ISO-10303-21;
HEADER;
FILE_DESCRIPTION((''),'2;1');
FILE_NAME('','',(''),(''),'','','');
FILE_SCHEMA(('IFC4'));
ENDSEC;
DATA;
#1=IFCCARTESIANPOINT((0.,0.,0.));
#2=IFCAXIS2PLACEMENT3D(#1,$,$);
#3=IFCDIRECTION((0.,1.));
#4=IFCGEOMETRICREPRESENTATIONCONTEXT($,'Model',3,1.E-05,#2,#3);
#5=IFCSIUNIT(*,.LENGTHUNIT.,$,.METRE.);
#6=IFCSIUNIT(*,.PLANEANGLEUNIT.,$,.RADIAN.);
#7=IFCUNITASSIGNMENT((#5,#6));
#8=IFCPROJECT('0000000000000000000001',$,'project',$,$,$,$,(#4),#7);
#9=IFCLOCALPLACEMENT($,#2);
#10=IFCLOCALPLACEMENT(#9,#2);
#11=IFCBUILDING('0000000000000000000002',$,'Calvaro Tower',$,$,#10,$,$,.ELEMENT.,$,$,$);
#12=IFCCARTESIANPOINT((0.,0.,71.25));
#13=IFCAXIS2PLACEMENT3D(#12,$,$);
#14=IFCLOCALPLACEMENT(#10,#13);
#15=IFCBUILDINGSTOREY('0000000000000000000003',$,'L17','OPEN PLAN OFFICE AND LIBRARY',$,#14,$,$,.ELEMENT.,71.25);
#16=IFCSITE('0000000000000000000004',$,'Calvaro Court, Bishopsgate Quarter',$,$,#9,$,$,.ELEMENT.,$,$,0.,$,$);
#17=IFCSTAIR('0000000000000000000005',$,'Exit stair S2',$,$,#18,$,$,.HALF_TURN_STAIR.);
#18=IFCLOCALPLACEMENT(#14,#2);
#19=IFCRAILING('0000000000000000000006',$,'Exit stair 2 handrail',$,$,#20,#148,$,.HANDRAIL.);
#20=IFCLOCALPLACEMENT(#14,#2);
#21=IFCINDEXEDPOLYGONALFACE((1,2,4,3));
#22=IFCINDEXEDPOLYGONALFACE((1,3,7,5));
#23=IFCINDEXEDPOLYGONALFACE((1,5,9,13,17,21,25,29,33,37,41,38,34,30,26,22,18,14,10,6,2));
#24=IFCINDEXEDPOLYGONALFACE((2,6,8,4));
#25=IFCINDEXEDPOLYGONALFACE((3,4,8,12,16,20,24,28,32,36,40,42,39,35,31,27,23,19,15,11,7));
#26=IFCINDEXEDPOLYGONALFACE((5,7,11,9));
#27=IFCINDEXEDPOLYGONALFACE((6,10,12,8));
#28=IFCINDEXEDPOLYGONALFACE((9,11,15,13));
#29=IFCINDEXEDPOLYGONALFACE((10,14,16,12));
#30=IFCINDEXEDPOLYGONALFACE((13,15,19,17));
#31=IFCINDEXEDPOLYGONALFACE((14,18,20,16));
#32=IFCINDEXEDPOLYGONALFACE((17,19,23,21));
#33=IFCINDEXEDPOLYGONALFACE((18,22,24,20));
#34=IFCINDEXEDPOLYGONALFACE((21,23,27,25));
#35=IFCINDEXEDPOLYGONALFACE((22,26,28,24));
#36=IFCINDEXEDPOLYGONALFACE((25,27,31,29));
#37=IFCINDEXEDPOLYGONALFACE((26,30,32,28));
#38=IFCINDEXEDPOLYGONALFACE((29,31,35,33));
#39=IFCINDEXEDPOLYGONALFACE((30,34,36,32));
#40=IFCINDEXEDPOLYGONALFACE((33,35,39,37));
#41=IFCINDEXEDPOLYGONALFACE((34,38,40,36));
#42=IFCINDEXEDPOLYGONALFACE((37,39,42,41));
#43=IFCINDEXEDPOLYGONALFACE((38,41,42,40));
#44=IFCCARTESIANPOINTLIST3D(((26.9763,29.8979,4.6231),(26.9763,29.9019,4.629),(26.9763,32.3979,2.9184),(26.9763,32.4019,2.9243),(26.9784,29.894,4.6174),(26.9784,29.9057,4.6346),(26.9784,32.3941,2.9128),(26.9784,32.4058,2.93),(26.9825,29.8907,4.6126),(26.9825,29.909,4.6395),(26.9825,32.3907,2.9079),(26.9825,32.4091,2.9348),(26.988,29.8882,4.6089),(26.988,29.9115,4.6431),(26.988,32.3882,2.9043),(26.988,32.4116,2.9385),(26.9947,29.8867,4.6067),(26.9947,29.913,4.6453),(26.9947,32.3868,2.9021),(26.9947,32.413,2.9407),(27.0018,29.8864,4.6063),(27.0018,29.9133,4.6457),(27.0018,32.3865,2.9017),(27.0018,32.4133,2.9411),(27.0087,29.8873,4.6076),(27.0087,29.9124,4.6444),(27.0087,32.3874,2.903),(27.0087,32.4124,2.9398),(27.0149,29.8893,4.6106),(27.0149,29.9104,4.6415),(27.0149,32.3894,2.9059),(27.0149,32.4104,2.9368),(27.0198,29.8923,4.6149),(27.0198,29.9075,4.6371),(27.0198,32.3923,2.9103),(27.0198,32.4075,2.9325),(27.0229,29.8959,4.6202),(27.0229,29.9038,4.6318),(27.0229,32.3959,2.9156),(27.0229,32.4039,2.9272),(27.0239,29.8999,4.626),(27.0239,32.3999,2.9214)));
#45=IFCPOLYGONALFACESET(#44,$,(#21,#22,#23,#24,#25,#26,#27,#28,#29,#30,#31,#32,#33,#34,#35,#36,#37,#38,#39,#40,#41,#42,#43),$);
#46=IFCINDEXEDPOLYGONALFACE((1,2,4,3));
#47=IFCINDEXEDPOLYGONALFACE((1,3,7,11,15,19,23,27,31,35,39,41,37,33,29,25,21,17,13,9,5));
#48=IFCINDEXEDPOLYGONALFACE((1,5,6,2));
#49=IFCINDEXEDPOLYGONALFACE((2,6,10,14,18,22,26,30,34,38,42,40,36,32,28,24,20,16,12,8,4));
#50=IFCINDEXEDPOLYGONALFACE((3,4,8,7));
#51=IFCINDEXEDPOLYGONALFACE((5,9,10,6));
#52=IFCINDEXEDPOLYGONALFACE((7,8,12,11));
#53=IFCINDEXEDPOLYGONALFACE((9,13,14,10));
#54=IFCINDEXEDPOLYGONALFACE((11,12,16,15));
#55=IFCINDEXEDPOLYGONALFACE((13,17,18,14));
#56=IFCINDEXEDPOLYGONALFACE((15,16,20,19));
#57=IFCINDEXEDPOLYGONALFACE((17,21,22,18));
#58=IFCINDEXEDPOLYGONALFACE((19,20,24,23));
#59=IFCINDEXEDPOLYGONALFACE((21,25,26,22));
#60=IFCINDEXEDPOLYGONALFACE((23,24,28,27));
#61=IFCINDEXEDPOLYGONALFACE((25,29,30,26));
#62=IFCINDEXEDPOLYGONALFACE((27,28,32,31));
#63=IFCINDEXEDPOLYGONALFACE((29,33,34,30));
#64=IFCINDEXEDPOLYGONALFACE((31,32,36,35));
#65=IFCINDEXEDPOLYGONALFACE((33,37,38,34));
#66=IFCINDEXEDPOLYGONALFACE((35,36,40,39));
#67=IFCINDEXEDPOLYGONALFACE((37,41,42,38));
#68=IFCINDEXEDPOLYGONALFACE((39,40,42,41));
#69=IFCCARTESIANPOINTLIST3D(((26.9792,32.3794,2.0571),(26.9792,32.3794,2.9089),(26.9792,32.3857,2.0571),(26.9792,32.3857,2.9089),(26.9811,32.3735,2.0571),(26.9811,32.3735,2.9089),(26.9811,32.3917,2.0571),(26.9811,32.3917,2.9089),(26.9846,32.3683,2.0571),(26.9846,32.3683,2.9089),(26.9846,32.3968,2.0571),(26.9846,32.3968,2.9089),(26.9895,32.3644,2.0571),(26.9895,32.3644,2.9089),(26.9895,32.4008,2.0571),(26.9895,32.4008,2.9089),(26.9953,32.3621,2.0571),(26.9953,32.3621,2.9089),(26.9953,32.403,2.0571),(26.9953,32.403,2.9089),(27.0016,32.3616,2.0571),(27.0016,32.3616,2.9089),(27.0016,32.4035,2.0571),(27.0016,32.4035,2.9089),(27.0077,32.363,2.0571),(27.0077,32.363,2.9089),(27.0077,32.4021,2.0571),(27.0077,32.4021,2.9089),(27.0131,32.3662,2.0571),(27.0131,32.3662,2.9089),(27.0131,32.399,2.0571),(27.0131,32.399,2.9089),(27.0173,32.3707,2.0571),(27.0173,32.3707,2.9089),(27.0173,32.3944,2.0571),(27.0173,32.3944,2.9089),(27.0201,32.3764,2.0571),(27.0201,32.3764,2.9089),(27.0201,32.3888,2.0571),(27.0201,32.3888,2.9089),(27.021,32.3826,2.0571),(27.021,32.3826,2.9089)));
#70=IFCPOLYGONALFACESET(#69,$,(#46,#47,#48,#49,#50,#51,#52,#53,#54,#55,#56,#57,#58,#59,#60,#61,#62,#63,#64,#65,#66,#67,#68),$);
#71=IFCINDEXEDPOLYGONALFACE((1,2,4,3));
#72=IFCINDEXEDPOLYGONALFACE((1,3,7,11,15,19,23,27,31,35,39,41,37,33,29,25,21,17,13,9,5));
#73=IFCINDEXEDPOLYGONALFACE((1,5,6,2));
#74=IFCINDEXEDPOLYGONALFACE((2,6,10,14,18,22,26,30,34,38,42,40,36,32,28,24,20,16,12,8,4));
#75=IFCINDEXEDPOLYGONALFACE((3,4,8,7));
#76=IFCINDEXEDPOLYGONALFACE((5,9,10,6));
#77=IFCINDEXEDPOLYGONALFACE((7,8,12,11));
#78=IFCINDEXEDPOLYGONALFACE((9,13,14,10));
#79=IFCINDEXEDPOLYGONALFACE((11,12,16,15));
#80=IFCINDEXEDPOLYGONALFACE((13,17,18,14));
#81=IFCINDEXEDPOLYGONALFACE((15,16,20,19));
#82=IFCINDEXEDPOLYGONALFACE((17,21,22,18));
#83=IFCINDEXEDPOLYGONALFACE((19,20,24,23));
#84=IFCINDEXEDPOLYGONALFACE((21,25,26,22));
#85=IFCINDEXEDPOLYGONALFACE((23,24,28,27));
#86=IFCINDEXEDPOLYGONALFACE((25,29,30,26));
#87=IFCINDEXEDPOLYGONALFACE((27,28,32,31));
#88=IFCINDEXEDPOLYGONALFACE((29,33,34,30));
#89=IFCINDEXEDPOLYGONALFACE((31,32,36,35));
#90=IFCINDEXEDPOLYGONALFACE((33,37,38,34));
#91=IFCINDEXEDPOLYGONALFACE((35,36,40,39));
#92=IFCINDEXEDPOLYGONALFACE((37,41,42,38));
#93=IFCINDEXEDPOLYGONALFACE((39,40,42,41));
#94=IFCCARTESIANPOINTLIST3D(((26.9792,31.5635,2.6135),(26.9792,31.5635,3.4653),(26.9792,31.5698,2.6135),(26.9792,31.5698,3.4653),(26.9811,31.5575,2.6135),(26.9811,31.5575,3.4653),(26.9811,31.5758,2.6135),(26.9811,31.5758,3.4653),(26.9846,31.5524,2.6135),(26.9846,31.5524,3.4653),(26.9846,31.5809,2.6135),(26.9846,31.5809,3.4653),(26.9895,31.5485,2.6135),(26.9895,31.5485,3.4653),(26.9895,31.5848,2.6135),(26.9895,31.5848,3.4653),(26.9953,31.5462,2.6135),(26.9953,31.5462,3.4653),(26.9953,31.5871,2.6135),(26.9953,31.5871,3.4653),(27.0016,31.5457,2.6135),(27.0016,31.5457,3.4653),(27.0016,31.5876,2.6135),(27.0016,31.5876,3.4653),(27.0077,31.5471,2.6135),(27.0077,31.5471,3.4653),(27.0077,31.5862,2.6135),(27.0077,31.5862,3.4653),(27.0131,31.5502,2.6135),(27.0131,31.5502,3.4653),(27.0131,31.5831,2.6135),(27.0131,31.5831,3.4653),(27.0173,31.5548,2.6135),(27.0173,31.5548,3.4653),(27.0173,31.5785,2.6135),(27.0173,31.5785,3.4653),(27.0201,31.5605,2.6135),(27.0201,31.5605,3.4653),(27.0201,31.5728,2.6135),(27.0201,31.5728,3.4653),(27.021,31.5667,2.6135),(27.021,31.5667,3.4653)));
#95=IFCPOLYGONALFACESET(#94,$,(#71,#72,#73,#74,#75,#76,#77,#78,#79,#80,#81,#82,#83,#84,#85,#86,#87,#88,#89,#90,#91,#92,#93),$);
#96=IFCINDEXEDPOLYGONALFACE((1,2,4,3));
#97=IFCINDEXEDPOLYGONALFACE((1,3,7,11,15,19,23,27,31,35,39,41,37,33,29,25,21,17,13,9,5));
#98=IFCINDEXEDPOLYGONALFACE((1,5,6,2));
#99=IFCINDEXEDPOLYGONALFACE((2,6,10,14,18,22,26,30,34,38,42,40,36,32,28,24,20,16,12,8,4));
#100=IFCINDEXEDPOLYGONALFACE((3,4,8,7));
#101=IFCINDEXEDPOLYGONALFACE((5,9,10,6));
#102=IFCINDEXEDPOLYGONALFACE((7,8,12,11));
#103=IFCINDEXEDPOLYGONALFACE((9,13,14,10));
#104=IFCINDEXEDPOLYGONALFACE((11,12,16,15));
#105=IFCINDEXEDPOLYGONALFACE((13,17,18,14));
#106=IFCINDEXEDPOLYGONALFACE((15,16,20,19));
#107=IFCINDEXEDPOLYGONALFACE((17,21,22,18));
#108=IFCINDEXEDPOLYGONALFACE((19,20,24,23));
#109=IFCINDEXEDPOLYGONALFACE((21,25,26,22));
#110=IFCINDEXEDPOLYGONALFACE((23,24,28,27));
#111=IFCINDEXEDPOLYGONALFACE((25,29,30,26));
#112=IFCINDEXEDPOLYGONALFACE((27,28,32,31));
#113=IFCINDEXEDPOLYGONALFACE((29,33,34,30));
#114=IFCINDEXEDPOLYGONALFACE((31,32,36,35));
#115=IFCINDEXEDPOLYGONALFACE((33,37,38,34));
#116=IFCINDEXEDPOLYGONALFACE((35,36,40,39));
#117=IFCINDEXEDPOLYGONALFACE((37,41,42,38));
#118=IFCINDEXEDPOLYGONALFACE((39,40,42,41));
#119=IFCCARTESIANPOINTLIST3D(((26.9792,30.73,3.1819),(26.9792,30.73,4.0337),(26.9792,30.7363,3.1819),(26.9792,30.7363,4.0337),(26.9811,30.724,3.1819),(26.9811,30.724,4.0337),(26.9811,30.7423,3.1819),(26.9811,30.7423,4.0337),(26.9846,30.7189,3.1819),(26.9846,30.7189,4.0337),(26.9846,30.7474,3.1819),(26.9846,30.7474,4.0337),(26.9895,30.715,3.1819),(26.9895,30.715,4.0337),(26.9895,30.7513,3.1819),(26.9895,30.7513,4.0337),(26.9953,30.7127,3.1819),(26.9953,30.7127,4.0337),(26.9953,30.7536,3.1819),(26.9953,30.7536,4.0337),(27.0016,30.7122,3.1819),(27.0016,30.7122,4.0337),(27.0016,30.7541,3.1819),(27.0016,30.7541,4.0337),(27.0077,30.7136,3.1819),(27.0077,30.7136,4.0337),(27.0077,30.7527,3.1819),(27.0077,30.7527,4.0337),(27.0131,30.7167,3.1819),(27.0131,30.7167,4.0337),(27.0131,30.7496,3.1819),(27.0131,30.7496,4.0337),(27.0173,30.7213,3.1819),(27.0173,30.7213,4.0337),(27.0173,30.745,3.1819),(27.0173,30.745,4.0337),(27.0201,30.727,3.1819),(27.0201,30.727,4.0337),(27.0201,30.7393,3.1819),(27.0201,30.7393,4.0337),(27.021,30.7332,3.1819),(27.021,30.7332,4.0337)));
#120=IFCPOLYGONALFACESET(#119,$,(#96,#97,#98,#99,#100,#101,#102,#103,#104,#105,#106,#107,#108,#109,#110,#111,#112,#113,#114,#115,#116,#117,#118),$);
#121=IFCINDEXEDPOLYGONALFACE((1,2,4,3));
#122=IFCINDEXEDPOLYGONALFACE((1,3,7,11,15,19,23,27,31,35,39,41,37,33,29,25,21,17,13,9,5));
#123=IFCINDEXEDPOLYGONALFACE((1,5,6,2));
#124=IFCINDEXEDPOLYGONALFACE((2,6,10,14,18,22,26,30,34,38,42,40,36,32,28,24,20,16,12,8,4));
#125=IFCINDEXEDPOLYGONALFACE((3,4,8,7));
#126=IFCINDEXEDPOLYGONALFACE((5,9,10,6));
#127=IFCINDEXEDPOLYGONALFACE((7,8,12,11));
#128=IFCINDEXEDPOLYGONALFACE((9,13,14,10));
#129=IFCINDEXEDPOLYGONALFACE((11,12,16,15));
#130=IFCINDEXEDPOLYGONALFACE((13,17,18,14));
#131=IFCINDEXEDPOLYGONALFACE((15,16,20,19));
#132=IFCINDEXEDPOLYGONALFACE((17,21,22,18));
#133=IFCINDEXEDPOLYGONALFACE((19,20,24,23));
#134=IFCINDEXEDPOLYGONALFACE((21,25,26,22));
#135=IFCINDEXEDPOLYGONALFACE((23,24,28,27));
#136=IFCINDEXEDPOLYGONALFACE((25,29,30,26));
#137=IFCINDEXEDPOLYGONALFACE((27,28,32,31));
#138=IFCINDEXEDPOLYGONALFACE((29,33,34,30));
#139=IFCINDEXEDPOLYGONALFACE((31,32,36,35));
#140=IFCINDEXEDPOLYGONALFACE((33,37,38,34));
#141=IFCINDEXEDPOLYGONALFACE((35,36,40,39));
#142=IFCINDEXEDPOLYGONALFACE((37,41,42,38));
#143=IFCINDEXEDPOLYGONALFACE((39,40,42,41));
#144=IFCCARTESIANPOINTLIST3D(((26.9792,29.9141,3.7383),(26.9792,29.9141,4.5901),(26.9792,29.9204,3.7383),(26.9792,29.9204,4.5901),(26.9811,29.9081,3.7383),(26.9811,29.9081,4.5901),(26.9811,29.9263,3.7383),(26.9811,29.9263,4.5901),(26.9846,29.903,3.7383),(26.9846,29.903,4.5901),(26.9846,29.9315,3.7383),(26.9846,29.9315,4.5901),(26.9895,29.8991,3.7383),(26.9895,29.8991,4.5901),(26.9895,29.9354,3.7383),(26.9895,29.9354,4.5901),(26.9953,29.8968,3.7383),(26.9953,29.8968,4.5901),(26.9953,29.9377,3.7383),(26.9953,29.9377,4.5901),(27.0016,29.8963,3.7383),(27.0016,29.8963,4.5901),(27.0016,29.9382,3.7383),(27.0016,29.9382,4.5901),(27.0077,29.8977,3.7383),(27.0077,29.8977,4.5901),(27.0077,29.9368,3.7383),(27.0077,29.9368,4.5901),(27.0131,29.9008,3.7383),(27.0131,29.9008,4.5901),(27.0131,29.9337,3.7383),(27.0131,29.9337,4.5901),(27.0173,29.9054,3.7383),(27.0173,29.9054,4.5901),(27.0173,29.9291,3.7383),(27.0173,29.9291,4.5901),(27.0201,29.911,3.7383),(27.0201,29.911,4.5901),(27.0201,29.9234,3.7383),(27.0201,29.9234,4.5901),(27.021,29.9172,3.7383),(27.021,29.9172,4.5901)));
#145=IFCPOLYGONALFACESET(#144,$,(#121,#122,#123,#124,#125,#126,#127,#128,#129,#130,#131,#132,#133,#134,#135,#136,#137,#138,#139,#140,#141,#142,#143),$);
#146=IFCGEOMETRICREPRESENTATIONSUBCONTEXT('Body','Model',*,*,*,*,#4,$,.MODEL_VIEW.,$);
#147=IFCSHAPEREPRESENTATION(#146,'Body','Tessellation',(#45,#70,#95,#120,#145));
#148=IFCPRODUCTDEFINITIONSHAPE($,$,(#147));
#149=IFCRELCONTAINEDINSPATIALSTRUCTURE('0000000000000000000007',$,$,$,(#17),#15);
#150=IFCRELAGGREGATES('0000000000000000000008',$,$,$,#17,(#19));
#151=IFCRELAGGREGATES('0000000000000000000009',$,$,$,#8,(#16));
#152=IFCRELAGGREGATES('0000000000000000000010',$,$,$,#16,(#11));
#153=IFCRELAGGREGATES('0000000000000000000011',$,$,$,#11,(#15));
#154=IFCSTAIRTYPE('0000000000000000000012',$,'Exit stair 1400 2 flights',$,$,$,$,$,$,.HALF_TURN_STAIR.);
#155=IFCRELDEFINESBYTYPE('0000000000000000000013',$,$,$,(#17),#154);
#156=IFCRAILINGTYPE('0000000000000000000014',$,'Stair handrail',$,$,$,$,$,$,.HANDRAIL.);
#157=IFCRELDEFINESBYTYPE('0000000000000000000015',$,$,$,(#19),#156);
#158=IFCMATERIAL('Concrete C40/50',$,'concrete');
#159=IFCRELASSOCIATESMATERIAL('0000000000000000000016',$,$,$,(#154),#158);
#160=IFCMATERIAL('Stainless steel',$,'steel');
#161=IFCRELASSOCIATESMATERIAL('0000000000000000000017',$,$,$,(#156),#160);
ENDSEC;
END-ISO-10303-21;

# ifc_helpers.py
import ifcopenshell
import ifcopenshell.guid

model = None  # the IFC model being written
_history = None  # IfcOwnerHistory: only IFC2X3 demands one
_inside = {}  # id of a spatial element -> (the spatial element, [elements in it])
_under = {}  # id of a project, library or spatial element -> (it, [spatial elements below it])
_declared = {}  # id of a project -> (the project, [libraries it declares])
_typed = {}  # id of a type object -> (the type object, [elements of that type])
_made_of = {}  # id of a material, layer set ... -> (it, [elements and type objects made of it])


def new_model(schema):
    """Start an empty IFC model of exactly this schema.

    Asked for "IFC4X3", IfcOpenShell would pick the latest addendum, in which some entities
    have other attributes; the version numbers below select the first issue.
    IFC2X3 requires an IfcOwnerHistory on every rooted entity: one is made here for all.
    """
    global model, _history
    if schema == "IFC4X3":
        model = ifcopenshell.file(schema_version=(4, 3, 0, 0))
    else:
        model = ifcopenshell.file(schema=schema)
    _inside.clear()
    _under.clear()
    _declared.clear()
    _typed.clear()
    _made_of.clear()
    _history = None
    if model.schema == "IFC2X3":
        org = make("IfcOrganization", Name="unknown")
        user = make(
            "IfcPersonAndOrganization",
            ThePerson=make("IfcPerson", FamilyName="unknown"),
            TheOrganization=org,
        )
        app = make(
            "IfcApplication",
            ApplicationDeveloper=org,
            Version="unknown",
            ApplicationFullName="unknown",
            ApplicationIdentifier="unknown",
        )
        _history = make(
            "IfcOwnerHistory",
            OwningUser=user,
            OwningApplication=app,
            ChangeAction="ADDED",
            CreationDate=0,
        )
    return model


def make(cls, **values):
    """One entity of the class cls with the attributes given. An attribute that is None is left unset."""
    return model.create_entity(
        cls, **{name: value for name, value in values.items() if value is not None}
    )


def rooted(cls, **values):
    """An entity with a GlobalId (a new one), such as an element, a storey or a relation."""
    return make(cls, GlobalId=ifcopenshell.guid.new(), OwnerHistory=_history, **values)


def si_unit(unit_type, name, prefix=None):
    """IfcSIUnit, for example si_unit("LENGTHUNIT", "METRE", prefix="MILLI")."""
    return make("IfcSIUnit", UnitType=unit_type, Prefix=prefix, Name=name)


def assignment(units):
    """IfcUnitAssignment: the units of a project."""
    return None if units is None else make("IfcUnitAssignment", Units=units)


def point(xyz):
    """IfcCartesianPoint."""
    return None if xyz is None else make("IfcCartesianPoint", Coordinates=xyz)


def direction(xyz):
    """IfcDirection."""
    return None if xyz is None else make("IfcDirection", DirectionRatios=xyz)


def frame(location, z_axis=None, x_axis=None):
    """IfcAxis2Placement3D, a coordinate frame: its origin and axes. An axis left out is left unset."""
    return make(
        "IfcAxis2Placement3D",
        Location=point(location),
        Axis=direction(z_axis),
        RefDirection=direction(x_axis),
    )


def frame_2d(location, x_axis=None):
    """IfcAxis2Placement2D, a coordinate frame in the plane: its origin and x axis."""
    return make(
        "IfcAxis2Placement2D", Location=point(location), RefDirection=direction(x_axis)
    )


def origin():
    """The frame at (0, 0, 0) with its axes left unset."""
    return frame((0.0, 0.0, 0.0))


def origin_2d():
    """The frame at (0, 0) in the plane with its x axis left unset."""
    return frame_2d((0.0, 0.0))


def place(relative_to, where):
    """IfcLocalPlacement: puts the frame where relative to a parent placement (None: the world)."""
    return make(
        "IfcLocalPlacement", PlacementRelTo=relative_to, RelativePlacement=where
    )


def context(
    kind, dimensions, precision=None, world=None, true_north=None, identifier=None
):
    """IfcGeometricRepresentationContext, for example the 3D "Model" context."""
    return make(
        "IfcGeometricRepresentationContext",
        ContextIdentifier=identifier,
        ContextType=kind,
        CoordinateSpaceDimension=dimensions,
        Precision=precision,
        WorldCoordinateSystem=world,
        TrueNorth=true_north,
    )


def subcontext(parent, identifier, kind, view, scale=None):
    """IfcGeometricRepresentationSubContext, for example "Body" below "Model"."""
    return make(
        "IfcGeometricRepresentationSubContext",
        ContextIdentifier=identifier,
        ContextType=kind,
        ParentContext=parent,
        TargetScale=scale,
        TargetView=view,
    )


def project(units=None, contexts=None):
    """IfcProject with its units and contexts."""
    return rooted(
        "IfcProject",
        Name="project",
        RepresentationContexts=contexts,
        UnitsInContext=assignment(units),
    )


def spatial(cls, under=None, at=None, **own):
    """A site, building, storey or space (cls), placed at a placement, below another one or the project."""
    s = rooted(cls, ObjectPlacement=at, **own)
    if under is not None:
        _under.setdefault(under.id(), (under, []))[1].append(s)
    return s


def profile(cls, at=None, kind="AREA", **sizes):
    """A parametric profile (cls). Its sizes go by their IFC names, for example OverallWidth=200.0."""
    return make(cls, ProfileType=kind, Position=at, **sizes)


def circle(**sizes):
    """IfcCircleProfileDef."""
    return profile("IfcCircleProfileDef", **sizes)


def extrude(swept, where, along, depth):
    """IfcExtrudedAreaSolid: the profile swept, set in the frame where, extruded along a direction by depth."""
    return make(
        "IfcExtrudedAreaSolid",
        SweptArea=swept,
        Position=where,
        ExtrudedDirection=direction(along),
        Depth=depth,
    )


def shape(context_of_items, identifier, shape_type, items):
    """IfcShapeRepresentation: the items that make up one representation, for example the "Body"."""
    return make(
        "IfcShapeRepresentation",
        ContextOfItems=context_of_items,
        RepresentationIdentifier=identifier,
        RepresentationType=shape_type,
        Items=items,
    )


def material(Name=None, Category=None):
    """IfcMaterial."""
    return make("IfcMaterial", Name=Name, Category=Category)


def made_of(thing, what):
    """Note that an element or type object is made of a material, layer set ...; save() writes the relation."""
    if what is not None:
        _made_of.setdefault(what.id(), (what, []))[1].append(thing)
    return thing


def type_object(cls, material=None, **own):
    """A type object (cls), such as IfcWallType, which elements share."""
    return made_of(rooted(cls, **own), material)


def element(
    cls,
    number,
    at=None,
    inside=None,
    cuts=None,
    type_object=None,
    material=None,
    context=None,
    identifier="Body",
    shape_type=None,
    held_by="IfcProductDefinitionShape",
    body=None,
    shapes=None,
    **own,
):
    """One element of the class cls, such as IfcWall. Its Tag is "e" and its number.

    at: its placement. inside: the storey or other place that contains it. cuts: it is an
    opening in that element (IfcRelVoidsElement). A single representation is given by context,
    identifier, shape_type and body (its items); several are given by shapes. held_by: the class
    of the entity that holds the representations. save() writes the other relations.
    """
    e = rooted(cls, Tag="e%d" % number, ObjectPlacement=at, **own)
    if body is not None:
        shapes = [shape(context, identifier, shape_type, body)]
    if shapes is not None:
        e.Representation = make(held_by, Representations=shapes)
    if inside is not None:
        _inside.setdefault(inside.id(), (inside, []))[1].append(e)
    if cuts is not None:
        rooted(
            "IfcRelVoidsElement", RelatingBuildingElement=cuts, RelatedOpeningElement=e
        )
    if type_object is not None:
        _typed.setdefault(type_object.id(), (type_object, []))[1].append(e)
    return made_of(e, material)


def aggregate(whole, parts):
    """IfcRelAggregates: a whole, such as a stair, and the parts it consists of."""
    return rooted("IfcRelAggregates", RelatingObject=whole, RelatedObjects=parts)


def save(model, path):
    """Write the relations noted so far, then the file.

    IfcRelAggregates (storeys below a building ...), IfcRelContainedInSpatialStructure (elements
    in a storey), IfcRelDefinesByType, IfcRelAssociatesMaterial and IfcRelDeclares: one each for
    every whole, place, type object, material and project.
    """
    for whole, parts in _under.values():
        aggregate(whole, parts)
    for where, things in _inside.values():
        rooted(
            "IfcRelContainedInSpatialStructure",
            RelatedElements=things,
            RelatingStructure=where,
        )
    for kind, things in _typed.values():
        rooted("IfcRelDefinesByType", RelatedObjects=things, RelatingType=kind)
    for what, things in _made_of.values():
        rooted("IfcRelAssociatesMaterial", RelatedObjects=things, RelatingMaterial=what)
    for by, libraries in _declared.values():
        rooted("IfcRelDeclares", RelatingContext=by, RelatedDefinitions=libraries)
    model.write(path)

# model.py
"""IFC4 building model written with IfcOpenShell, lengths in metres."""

from ifc_helpers import new_model, si_unit, direction, frame, origin, origin_2d, place, context, subcontext, project, spatial, circle, extrude, material, type_object, element, aggregate, save


model = new_model("IFC4")

# Units and contexts
model_context = context("Model", 3, precision=1e-05, world=origin(), true_north=direction((0.0, 1.0)))
body_context = subcontext(model_context, "Body", "Model", "MODEL_VIEW")
ifc_project = project(units=[si_unit("LENGTHUNIT", "METRE"), si_unit("PLANEANGLEUNIT", "RADIAN")], contexts=[model_context])

# Site, building, storey
site_placement = place(None, origin())
site = spatial("IfcSite", under=ifc_project, at=site_placement, Name="Calvaro Court, Bishopsgate Quarter", CompositionType="ELEMENT", RefElevation=0.0)
building_placement = place(site_placement, origin())
building = spatial("IfcBuilding", under=site, at=building_placement, Name="Calvaro Tower", CompositionType="ELEMENT")
storey_placement = place(building_placement, frame((0.0, 0.0, 71.25)))
storey = spatial("IfcBuildingStorey", under=building, at=storey_placement, Name="L17", Description="OPEN PLAN OFFICE AND LIBRARY", CompositionType="ELEMENT", Elevation=71.25)

# Stair, railing
ifc_material_1 = material(Name="Concrete C40/50", Category="concrete")
stair_type = type_object("IfcStairType", Name="Exit stair 1400 2 flights", PredefinedType="HALF_TURN_STAIR", material=ifc_material_1)
stair_placement = place(storey_placement, origin())
stair = element("IfcStair", 1, at=stair_placement, inside=storey, type_object=stair_type, Name="Exit stair S2", PredefinedType="HALF_TURN_STAIR")
ifc_material_2 = material(Name="Stainless steel", Category="steel")
railing_type = type_object("IfcRailingType", Name="Stair handrail", PredefinedType="HANDRAIL", material=ifc_material_2)
railing_1_placement = place(storey_placement, frame((27.0, 32.3999, 2.0454)))
railing_1 = element("IfcRailing", 2, at=railing_1_placement, type_object=railing_type, Name="Exit stair 2 handrail", PredefinedType="HANDRAIL", context=body_context, shape_type="SweptSolid", body=[
    extrude(circle(Radius=0.0239, at=origin_2d()), frame((0.0, 0.0, 0.876), z_axis=(0.0, -0.826221, 0.563347), x_axis=(1.0, 0.0, 0.0)), (0.0, 0.0, 1.0), 3.0259),
    extrude(circle(Radius=0.021, at=origin_2d()), frame((0.0, -0.0173, 0.0117)), (0.0, 0.0, 1.0), 0.8518),
    extrude(circle(Radius=0.021, at=origin_2d()), frame((0.0, -0.8333, 0.5681)), (0.0, 0.0, 1.0), 0.8518),
    extrude(circle(Radius=0.021, at=origin_2d()), frame((0.0, -1.6667, 1.1365)), (0.0, 0.0, 1.0), 0.8518),
    extrude(circle(Radius=0.021, at=origin_2d()), frame((0.0, -2.4827, 1.6929)), (0.0, 0.0, 1.0), 0.8518),
])
aggregate(stair, [railing_1])

save(model, "model.ifc")
